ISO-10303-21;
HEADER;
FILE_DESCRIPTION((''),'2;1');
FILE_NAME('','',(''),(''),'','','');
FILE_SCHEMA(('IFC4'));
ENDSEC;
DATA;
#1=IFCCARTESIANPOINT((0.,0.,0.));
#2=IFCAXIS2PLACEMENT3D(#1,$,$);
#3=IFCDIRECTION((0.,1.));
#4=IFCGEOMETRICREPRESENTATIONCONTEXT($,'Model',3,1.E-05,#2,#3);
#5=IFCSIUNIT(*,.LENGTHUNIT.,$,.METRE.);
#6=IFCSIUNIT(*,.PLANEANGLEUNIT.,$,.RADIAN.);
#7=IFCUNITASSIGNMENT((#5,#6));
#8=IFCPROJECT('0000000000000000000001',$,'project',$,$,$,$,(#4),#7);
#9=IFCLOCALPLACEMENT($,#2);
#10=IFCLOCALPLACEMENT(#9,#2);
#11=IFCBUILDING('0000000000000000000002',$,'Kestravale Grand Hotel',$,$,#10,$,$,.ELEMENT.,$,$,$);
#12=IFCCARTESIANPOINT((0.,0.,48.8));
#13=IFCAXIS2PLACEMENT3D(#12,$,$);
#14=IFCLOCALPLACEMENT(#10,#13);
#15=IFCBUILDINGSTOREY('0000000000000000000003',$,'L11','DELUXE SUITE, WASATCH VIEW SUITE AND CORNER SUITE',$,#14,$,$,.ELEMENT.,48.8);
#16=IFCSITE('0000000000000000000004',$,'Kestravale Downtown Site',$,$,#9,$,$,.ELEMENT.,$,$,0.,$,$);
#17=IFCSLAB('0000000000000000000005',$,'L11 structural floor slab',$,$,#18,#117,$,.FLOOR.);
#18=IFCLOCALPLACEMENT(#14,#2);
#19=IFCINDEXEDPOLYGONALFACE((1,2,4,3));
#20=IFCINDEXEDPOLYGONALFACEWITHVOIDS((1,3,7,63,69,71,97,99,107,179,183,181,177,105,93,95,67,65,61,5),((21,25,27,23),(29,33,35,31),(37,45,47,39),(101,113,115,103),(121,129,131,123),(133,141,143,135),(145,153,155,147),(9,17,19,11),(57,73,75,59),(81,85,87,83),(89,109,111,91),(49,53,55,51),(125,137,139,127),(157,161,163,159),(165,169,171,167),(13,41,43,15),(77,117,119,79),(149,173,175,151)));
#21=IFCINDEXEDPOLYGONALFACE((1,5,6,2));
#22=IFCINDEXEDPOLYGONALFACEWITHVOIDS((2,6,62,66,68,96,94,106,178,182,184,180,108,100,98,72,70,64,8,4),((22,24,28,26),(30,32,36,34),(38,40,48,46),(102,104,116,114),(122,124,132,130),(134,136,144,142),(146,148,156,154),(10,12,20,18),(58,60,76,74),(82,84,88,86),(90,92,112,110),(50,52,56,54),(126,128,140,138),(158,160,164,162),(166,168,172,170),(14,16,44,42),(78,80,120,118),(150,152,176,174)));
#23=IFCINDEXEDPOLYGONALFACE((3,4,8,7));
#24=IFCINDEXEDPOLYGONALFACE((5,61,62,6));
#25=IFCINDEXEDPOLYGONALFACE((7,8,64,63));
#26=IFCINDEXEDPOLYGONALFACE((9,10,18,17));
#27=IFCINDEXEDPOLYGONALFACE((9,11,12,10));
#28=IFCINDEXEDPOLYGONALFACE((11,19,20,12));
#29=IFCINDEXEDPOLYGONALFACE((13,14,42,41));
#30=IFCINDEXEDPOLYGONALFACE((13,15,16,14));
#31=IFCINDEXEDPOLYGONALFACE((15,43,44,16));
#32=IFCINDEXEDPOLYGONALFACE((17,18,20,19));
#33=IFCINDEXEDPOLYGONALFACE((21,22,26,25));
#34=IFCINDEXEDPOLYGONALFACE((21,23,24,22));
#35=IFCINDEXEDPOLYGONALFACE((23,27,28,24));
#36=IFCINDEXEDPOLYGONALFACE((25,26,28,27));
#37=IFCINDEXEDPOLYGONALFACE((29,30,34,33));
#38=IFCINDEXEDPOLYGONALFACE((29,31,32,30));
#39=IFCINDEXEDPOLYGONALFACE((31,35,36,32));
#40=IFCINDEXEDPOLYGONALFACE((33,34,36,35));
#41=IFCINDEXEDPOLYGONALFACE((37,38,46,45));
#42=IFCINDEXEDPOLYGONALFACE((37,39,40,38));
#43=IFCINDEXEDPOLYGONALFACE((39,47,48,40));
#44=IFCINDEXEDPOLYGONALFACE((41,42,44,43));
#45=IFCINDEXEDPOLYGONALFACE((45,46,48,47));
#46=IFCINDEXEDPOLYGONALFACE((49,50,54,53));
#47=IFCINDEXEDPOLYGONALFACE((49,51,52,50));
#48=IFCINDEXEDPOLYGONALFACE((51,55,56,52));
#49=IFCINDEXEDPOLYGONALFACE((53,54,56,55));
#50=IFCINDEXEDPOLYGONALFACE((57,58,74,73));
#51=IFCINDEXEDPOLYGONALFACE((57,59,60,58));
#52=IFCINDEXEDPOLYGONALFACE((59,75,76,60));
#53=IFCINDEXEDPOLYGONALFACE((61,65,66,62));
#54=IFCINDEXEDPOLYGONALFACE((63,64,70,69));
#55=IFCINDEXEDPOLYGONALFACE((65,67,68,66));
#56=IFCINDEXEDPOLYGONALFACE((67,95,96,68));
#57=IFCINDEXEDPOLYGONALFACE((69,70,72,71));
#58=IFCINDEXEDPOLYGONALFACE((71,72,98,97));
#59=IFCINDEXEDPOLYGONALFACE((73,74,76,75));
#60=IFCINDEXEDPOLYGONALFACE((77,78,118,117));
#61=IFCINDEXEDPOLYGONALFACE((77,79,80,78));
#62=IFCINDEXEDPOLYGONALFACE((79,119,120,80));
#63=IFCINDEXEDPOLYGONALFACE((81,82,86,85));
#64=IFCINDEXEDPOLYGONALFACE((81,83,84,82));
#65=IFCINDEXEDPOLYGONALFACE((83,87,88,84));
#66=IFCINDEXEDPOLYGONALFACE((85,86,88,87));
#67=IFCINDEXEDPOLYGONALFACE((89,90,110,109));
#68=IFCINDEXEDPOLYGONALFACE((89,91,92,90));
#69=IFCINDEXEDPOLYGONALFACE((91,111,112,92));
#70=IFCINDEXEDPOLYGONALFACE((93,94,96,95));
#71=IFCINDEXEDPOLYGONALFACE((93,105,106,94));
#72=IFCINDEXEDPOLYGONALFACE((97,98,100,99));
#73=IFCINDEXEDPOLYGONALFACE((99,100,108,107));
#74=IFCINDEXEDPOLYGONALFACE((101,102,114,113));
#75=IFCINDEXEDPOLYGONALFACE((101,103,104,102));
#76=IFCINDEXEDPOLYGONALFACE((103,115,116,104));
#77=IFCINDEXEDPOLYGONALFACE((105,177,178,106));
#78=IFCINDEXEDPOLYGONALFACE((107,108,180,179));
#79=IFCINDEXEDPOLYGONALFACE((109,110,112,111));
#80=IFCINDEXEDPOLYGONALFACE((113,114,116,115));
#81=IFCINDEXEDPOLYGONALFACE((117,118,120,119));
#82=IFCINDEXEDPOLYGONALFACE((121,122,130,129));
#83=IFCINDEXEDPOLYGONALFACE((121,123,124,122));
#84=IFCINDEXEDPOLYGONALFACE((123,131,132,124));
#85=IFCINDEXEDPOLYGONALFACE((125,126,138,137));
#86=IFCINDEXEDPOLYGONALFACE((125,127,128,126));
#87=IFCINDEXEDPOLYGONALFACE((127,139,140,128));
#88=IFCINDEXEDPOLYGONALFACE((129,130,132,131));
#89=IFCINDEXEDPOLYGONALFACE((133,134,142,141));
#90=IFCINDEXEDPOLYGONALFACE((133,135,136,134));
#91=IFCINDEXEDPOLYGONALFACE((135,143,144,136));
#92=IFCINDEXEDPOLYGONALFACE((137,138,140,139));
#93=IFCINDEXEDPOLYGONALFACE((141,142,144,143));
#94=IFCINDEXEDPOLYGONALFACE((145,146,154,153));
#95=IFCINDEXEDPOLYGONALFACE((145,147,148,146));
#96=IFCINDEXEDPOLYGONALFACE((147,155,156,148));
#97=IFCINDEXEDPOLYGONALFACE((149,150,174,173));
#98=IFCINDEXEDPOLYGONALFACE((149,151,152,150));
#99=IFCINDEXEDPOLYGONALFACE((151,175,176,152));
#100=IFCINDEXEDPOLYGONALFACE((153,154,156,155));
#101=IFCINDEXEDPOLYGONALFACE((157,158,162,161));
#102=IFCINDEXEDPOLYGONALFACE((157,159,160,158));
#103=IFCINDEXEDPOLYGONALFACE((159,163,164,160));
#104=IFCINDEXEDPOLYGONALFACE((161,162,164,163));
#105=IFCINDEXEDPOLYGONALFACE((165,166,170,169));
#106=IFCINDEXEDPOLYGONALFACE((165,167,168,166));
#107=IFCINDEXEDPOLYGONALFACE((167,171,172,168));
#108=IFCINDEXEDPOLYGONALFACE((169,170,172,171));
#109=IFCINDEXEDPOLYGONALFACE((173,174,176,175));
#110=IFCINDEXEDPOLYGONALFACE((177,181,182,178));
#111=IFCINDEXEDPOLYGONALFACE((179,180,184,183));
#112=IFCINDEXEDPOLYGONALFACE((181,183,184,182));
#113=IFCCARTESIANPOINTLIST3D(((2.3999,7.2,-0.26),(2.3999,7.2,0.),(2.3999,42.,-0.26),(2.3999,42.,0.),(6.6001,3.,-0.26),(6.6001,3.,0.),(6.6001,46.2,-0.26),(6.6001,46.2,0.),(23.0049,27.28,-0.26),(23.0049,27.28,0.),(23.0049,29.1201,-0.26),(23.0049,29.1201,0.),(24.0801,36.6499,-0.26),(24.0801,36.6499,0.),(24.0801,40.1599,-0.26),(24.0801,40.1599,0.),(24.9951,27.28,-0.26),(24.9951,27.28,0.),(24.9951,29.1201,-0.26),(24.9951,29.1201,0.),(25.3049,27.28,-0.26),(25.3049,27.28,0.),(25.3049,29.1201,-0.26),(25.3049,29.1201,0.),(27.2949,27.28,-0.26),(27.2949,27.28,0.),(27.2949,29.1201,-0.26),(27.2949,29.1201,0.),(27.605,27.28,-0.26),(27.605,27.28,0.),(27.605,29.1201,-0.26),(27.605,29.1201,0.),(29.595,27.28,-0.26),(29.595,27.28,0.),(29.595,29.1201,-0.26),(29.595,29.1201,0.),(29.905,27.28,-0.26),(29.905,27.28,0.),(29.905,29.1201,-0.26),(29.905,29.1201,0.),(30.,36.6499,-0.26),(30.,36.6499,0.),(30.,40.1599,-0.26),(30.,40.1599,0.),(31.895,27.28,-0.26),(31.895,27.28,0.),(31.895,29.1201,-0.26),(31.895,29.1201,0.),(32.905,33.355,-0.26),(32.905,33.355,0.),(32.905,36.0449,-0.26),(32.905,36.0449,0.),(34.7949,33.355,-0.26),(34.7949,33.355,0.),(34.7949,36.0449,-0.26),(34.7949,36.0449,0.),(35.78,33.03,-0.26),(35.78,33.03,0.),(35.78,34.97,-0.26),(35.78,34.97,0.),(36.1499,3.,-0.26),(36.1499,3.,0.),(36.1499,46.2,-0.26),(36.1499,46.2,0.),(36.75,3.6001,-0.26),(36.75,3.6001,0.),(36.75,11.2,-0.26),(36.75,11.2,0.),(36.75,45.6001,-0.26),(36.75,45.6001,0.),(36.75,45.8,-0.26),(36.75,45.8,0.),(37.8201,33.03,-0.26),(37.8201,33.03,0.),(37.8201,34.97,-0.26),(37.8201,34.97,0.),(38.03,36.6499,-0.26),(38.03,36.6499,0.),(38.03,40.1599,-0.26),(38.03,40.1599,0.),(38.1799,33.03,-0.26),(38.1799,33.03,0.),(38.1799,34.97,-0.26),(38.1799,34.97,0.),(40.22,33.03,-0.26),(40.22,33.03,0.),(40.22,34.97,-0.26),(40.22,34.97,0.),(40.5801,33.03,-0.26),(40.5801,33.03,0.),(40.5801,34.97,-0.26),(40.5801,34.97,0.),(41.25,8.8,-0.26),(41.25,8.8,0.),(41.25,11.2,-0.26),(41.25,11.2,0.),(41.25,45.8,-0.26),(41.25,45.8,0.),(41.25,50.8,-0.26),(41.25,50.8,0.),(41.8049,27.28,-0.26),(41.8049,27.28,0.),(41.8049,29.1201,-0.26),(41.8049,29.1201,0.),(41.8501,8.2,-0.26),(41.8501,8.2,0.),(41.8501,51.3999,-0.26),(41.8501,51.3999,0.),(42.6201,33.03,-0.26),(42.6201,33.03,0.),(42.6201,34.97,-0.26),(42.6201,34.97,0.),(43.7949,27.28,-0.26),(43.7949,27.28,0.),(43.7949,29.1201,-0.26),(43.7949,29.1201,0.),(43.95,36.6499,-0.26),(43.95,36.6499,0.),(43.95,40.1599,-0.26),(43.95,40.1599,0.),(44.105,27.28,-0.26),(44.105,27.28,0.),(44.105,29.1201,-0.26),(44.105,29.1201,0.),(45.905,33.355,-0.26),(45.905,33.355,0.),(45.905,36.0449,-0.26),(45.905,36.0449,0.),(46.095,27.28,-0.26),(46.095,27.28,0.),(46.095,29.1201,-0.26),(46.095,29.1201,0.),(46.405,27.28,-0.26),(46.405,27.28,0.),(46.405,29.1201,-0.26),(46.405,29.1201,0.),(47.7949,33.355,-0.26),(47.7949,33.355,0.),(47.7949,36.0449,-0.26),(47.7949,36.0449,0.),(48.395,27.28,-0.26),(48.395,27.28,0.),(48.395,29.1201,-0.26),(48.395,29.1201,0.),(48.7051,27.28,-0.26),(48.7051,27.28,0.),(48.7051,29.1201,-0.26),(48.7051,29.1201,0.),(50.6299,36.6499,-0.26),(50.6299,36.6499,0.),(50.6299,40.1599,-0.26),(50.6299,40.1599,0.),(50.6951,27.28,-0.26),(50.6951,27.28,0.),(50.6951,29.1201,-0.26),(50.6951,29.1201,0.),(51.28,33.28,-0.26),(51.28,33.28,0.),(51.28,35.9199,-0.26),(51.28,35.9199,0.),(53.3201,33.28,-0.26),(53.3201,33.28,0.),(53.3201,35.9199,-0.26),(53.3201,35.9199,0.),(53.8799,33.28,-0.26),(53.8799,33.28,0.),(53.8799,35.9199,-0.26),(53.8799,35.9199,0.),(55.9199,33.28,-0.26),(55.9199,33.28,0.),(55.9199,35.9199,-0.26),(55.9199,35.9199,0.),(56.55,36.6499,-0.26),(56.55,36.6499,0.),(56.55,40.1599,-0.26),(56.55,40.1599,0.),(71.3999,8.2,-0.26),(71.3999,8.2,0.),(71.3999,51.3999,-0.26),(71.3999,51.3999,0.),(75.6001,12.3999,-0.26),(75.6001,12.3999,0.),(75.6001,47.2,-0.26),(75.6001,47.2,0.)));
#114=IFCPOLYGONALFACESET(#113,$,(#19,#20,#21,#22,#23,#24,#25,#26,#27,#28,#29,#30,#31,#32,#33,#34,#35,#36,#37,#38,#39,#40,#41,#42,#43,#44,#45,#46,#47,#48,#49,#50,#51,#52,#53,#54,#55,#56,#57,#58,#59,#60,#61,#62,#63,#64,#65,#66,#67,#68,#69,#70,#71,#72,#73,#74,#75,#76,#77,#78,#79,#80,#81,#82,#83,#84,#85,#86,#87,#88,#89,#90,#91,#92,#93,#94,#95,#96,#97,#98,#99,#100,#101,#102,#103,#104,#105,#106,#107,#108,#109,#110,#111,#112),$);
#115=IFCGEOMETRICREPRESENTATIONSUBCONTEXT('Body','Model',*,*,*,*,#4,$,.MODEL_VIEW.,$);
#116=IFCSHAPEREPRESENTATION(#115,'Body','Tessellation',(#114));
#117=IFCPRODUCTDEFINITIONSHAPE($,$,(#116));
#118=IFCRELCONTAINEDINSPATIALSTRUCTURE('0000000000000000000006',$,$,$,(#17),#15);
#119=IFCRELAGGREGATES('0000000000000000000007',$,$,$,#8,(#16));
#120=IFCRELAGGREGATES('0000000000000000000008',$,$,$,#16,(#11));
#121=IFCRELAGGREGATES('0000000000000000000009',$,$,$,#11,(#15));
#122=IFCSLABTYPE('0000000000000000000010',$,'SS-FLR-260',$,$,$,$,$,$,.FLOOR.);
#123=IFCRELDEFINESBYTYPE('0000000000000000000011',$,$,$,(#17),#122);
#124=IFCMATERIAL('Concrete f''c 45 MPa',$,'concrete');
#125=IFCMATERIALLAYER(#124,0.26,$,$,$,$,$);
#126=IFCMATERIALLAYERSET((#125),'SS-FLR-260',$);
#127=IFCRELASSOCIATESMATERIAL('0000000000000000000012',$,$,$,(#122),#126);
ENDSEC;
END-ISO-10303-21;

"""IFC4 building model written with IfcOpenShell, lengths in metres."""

from ifc_helpers import new_model, si_unit, direction, frame, origin, place, context, subcontext, project, spatial, polyline, outline, extrude, material, layer, layer_set, type_object, element, save


model = new_model("IFC4")

# Units and contexts
model_context = context("Model", 3, precision=1e-05, world=origin(), true_north=direction((0.0, 1.0)))
body_context = subcontext(model_context, "Body", "Model", "MODEL_VIEW")
ifc_project = project(units=[si_unit("LENGTHUNIT", "METRE"), si_unit("PLANEANGLEUNIT", "RADIAN")], contexts=[model_context])

# Site, building, storey
site_placement = place(None, origin())
site = spatial("IfcSite", under=ifc_project, at=site_placement, Name="Kestravale Downtown Site", CompositionType="ELEMENT", RefElevation=0.0)
building_placement = place(site_placement, origin())
building = spatial("IfcBuilding", under=site, at=building_placement, Name="Kestravale Grand Hotel", CompositionType="ELEMENT")
storey_placement = place(building_placement, frame((0.0, 0.0, 48.8)))
storey = spatial("IfcBuildingStorey", under=building, at=storey_placement, Name="L11", Description="DELUXE SUITE, WASATCH VIEW SUITE AND CORNER SUITE", CompositionType="ELEMENT", Elevation=48.8)

# Slab
ifc_material_1 = material(Name="Concrete f'c 45 MPa", Category="concrete")
ifc_layer_1 = layer(ifc_material_1, 0.26)
ifc_layer_set_1 = layer_set([ifc_layer_1], Name="SS-FLR-260")
slab_type_1 = type_object("IfcSlabType", Name="SS-FLR-260", PredefinedType="FLOOR", material=ifc_layer_set_1)
slab_1_placement = place(storey_placement, frame((0.0, 0.0, -0.26)))
element("IfcSlab", 1, at=slab_1_placement, inside=storey, type_object=slab_type_1, Name="L11 structural floor slab", PredefinedType="FLOOR", context=body_context, shape_type="SweptSolid", body=[
    extrude(outline(polyline([(6.6001, 3.0), (36.1499, 3.0), (36.75, 3.6001), (36.75, 11.2), (41.25, 11.2), (41.25, 8.8), (41.8501, 8.2), (71.3999, 8.2), (75.6001, 12.3999), (75.6001, 47.2), (71.3999, 51.3999), (41.8501, 51.3999), (41.25, 50.8), (41.25, 45.8), (36.75, 45.8), (36.75, 45.6001), (36.1499, 46.2), (6.6001, 46.2), (2.3999, 42.0), (2.3999, 7.2), (6.6001, 3.0)]), holes=[polyline([(24.0801, 36.6499), (30.0, 36.6499), (30.0, 40.1599), (24.0801, 40.1599), (24.0801, 36.6499)]), polyline([(38.03, 36.6499), (43.95, 36.6499), (43.95, 40.1599), (38.03, 40.1599), (38.03, 36.6499)]), polyline([(50.6299, 36.6499), (56.55, 36.6499), (56.55, 40.1599), (50.6299, 40.1599), (50.6299, 36.6499)]), polyline([(23.0049, 27.28), (24.9951, 27.28), (24.9951, 29.1201), (23.0049, 29.1201), (23.0049, 27.28)]), polyline([(25.3049, 27.28), (27.2949, 27.28), (27.2949, 29.1201), (25.3049, 29.1201), (25.3049, 27.28)]), polyline([(27.605, 27.28), (29.595, 27.28), (29.595, 29.1201), (27.605, 29.1201), (27.605, 27.28)]), polyline([(29.905, 27.28), (31.895, 27.28), (31.895, 29.1201), (29.905, 29.1201), (29.905, 27.28)]), polyline([(41.8049, 27.28), (43.7949, 27.28), (43.7949, 29.1201), (41.8049, 29.1201), (41.8049, 27.28)]), polyline([(44.105, 27.28), (46.095, 27.28), (46.095, 29.1201), (44.105, 29.1201), (44.105, 27.28)]), polyline([(46.405, 27.28), (48.395, 27.28), (48.395, 29.1201), (46.405, 29.1201), (46.405, 27.28)]), polyline([(48.7051, 27.28), (50.6951, 27.28), (50.6951, 29.1201), (48.7051, 29.1201), (48.7051, 27.28)]), polyline([(35.78, 33.03), (37.8201, 33.03), (37.8201, 34.97), (35.78, 34.97), (35.78, 33.03)]), polyline([(38.1799, 33.03), (40.22, 33.03), (40.22, 34.97), (38.1799, 34.97), (38.1799, 33.03)]), polyline([(40.5801, 33.03), (42.6201, 33.03), (42.6201, 34.97), (40.5801, 34.97), (40.5801, 33.03)]), polyline([(32.905, 33.355), (34.7949, 33.355), (34.7949, 36.0449), (32.905, 36.0449), (32.905, 33.355)]), polyline([(45.905, 33.355), (47.7949, 33.355), (47.7949, 36.0449), (45.905, 36.0449), (45.905, 33.355)]), polyline([(51.28, 33.28), (53.3201, 33.28), (53.3201, 35.9199), (51.28, 35.9199), (51.28, 33.28)]), polyline([(53.8799, 33.28), (55.9199, 33.28), (55.9199, 35.9199), (53.8799, 35.9199), (53.8799, 33.28)])]), origin(), (0.0, 0.0, 1.0), 0.26),
])

save(model, "model.ifc")
